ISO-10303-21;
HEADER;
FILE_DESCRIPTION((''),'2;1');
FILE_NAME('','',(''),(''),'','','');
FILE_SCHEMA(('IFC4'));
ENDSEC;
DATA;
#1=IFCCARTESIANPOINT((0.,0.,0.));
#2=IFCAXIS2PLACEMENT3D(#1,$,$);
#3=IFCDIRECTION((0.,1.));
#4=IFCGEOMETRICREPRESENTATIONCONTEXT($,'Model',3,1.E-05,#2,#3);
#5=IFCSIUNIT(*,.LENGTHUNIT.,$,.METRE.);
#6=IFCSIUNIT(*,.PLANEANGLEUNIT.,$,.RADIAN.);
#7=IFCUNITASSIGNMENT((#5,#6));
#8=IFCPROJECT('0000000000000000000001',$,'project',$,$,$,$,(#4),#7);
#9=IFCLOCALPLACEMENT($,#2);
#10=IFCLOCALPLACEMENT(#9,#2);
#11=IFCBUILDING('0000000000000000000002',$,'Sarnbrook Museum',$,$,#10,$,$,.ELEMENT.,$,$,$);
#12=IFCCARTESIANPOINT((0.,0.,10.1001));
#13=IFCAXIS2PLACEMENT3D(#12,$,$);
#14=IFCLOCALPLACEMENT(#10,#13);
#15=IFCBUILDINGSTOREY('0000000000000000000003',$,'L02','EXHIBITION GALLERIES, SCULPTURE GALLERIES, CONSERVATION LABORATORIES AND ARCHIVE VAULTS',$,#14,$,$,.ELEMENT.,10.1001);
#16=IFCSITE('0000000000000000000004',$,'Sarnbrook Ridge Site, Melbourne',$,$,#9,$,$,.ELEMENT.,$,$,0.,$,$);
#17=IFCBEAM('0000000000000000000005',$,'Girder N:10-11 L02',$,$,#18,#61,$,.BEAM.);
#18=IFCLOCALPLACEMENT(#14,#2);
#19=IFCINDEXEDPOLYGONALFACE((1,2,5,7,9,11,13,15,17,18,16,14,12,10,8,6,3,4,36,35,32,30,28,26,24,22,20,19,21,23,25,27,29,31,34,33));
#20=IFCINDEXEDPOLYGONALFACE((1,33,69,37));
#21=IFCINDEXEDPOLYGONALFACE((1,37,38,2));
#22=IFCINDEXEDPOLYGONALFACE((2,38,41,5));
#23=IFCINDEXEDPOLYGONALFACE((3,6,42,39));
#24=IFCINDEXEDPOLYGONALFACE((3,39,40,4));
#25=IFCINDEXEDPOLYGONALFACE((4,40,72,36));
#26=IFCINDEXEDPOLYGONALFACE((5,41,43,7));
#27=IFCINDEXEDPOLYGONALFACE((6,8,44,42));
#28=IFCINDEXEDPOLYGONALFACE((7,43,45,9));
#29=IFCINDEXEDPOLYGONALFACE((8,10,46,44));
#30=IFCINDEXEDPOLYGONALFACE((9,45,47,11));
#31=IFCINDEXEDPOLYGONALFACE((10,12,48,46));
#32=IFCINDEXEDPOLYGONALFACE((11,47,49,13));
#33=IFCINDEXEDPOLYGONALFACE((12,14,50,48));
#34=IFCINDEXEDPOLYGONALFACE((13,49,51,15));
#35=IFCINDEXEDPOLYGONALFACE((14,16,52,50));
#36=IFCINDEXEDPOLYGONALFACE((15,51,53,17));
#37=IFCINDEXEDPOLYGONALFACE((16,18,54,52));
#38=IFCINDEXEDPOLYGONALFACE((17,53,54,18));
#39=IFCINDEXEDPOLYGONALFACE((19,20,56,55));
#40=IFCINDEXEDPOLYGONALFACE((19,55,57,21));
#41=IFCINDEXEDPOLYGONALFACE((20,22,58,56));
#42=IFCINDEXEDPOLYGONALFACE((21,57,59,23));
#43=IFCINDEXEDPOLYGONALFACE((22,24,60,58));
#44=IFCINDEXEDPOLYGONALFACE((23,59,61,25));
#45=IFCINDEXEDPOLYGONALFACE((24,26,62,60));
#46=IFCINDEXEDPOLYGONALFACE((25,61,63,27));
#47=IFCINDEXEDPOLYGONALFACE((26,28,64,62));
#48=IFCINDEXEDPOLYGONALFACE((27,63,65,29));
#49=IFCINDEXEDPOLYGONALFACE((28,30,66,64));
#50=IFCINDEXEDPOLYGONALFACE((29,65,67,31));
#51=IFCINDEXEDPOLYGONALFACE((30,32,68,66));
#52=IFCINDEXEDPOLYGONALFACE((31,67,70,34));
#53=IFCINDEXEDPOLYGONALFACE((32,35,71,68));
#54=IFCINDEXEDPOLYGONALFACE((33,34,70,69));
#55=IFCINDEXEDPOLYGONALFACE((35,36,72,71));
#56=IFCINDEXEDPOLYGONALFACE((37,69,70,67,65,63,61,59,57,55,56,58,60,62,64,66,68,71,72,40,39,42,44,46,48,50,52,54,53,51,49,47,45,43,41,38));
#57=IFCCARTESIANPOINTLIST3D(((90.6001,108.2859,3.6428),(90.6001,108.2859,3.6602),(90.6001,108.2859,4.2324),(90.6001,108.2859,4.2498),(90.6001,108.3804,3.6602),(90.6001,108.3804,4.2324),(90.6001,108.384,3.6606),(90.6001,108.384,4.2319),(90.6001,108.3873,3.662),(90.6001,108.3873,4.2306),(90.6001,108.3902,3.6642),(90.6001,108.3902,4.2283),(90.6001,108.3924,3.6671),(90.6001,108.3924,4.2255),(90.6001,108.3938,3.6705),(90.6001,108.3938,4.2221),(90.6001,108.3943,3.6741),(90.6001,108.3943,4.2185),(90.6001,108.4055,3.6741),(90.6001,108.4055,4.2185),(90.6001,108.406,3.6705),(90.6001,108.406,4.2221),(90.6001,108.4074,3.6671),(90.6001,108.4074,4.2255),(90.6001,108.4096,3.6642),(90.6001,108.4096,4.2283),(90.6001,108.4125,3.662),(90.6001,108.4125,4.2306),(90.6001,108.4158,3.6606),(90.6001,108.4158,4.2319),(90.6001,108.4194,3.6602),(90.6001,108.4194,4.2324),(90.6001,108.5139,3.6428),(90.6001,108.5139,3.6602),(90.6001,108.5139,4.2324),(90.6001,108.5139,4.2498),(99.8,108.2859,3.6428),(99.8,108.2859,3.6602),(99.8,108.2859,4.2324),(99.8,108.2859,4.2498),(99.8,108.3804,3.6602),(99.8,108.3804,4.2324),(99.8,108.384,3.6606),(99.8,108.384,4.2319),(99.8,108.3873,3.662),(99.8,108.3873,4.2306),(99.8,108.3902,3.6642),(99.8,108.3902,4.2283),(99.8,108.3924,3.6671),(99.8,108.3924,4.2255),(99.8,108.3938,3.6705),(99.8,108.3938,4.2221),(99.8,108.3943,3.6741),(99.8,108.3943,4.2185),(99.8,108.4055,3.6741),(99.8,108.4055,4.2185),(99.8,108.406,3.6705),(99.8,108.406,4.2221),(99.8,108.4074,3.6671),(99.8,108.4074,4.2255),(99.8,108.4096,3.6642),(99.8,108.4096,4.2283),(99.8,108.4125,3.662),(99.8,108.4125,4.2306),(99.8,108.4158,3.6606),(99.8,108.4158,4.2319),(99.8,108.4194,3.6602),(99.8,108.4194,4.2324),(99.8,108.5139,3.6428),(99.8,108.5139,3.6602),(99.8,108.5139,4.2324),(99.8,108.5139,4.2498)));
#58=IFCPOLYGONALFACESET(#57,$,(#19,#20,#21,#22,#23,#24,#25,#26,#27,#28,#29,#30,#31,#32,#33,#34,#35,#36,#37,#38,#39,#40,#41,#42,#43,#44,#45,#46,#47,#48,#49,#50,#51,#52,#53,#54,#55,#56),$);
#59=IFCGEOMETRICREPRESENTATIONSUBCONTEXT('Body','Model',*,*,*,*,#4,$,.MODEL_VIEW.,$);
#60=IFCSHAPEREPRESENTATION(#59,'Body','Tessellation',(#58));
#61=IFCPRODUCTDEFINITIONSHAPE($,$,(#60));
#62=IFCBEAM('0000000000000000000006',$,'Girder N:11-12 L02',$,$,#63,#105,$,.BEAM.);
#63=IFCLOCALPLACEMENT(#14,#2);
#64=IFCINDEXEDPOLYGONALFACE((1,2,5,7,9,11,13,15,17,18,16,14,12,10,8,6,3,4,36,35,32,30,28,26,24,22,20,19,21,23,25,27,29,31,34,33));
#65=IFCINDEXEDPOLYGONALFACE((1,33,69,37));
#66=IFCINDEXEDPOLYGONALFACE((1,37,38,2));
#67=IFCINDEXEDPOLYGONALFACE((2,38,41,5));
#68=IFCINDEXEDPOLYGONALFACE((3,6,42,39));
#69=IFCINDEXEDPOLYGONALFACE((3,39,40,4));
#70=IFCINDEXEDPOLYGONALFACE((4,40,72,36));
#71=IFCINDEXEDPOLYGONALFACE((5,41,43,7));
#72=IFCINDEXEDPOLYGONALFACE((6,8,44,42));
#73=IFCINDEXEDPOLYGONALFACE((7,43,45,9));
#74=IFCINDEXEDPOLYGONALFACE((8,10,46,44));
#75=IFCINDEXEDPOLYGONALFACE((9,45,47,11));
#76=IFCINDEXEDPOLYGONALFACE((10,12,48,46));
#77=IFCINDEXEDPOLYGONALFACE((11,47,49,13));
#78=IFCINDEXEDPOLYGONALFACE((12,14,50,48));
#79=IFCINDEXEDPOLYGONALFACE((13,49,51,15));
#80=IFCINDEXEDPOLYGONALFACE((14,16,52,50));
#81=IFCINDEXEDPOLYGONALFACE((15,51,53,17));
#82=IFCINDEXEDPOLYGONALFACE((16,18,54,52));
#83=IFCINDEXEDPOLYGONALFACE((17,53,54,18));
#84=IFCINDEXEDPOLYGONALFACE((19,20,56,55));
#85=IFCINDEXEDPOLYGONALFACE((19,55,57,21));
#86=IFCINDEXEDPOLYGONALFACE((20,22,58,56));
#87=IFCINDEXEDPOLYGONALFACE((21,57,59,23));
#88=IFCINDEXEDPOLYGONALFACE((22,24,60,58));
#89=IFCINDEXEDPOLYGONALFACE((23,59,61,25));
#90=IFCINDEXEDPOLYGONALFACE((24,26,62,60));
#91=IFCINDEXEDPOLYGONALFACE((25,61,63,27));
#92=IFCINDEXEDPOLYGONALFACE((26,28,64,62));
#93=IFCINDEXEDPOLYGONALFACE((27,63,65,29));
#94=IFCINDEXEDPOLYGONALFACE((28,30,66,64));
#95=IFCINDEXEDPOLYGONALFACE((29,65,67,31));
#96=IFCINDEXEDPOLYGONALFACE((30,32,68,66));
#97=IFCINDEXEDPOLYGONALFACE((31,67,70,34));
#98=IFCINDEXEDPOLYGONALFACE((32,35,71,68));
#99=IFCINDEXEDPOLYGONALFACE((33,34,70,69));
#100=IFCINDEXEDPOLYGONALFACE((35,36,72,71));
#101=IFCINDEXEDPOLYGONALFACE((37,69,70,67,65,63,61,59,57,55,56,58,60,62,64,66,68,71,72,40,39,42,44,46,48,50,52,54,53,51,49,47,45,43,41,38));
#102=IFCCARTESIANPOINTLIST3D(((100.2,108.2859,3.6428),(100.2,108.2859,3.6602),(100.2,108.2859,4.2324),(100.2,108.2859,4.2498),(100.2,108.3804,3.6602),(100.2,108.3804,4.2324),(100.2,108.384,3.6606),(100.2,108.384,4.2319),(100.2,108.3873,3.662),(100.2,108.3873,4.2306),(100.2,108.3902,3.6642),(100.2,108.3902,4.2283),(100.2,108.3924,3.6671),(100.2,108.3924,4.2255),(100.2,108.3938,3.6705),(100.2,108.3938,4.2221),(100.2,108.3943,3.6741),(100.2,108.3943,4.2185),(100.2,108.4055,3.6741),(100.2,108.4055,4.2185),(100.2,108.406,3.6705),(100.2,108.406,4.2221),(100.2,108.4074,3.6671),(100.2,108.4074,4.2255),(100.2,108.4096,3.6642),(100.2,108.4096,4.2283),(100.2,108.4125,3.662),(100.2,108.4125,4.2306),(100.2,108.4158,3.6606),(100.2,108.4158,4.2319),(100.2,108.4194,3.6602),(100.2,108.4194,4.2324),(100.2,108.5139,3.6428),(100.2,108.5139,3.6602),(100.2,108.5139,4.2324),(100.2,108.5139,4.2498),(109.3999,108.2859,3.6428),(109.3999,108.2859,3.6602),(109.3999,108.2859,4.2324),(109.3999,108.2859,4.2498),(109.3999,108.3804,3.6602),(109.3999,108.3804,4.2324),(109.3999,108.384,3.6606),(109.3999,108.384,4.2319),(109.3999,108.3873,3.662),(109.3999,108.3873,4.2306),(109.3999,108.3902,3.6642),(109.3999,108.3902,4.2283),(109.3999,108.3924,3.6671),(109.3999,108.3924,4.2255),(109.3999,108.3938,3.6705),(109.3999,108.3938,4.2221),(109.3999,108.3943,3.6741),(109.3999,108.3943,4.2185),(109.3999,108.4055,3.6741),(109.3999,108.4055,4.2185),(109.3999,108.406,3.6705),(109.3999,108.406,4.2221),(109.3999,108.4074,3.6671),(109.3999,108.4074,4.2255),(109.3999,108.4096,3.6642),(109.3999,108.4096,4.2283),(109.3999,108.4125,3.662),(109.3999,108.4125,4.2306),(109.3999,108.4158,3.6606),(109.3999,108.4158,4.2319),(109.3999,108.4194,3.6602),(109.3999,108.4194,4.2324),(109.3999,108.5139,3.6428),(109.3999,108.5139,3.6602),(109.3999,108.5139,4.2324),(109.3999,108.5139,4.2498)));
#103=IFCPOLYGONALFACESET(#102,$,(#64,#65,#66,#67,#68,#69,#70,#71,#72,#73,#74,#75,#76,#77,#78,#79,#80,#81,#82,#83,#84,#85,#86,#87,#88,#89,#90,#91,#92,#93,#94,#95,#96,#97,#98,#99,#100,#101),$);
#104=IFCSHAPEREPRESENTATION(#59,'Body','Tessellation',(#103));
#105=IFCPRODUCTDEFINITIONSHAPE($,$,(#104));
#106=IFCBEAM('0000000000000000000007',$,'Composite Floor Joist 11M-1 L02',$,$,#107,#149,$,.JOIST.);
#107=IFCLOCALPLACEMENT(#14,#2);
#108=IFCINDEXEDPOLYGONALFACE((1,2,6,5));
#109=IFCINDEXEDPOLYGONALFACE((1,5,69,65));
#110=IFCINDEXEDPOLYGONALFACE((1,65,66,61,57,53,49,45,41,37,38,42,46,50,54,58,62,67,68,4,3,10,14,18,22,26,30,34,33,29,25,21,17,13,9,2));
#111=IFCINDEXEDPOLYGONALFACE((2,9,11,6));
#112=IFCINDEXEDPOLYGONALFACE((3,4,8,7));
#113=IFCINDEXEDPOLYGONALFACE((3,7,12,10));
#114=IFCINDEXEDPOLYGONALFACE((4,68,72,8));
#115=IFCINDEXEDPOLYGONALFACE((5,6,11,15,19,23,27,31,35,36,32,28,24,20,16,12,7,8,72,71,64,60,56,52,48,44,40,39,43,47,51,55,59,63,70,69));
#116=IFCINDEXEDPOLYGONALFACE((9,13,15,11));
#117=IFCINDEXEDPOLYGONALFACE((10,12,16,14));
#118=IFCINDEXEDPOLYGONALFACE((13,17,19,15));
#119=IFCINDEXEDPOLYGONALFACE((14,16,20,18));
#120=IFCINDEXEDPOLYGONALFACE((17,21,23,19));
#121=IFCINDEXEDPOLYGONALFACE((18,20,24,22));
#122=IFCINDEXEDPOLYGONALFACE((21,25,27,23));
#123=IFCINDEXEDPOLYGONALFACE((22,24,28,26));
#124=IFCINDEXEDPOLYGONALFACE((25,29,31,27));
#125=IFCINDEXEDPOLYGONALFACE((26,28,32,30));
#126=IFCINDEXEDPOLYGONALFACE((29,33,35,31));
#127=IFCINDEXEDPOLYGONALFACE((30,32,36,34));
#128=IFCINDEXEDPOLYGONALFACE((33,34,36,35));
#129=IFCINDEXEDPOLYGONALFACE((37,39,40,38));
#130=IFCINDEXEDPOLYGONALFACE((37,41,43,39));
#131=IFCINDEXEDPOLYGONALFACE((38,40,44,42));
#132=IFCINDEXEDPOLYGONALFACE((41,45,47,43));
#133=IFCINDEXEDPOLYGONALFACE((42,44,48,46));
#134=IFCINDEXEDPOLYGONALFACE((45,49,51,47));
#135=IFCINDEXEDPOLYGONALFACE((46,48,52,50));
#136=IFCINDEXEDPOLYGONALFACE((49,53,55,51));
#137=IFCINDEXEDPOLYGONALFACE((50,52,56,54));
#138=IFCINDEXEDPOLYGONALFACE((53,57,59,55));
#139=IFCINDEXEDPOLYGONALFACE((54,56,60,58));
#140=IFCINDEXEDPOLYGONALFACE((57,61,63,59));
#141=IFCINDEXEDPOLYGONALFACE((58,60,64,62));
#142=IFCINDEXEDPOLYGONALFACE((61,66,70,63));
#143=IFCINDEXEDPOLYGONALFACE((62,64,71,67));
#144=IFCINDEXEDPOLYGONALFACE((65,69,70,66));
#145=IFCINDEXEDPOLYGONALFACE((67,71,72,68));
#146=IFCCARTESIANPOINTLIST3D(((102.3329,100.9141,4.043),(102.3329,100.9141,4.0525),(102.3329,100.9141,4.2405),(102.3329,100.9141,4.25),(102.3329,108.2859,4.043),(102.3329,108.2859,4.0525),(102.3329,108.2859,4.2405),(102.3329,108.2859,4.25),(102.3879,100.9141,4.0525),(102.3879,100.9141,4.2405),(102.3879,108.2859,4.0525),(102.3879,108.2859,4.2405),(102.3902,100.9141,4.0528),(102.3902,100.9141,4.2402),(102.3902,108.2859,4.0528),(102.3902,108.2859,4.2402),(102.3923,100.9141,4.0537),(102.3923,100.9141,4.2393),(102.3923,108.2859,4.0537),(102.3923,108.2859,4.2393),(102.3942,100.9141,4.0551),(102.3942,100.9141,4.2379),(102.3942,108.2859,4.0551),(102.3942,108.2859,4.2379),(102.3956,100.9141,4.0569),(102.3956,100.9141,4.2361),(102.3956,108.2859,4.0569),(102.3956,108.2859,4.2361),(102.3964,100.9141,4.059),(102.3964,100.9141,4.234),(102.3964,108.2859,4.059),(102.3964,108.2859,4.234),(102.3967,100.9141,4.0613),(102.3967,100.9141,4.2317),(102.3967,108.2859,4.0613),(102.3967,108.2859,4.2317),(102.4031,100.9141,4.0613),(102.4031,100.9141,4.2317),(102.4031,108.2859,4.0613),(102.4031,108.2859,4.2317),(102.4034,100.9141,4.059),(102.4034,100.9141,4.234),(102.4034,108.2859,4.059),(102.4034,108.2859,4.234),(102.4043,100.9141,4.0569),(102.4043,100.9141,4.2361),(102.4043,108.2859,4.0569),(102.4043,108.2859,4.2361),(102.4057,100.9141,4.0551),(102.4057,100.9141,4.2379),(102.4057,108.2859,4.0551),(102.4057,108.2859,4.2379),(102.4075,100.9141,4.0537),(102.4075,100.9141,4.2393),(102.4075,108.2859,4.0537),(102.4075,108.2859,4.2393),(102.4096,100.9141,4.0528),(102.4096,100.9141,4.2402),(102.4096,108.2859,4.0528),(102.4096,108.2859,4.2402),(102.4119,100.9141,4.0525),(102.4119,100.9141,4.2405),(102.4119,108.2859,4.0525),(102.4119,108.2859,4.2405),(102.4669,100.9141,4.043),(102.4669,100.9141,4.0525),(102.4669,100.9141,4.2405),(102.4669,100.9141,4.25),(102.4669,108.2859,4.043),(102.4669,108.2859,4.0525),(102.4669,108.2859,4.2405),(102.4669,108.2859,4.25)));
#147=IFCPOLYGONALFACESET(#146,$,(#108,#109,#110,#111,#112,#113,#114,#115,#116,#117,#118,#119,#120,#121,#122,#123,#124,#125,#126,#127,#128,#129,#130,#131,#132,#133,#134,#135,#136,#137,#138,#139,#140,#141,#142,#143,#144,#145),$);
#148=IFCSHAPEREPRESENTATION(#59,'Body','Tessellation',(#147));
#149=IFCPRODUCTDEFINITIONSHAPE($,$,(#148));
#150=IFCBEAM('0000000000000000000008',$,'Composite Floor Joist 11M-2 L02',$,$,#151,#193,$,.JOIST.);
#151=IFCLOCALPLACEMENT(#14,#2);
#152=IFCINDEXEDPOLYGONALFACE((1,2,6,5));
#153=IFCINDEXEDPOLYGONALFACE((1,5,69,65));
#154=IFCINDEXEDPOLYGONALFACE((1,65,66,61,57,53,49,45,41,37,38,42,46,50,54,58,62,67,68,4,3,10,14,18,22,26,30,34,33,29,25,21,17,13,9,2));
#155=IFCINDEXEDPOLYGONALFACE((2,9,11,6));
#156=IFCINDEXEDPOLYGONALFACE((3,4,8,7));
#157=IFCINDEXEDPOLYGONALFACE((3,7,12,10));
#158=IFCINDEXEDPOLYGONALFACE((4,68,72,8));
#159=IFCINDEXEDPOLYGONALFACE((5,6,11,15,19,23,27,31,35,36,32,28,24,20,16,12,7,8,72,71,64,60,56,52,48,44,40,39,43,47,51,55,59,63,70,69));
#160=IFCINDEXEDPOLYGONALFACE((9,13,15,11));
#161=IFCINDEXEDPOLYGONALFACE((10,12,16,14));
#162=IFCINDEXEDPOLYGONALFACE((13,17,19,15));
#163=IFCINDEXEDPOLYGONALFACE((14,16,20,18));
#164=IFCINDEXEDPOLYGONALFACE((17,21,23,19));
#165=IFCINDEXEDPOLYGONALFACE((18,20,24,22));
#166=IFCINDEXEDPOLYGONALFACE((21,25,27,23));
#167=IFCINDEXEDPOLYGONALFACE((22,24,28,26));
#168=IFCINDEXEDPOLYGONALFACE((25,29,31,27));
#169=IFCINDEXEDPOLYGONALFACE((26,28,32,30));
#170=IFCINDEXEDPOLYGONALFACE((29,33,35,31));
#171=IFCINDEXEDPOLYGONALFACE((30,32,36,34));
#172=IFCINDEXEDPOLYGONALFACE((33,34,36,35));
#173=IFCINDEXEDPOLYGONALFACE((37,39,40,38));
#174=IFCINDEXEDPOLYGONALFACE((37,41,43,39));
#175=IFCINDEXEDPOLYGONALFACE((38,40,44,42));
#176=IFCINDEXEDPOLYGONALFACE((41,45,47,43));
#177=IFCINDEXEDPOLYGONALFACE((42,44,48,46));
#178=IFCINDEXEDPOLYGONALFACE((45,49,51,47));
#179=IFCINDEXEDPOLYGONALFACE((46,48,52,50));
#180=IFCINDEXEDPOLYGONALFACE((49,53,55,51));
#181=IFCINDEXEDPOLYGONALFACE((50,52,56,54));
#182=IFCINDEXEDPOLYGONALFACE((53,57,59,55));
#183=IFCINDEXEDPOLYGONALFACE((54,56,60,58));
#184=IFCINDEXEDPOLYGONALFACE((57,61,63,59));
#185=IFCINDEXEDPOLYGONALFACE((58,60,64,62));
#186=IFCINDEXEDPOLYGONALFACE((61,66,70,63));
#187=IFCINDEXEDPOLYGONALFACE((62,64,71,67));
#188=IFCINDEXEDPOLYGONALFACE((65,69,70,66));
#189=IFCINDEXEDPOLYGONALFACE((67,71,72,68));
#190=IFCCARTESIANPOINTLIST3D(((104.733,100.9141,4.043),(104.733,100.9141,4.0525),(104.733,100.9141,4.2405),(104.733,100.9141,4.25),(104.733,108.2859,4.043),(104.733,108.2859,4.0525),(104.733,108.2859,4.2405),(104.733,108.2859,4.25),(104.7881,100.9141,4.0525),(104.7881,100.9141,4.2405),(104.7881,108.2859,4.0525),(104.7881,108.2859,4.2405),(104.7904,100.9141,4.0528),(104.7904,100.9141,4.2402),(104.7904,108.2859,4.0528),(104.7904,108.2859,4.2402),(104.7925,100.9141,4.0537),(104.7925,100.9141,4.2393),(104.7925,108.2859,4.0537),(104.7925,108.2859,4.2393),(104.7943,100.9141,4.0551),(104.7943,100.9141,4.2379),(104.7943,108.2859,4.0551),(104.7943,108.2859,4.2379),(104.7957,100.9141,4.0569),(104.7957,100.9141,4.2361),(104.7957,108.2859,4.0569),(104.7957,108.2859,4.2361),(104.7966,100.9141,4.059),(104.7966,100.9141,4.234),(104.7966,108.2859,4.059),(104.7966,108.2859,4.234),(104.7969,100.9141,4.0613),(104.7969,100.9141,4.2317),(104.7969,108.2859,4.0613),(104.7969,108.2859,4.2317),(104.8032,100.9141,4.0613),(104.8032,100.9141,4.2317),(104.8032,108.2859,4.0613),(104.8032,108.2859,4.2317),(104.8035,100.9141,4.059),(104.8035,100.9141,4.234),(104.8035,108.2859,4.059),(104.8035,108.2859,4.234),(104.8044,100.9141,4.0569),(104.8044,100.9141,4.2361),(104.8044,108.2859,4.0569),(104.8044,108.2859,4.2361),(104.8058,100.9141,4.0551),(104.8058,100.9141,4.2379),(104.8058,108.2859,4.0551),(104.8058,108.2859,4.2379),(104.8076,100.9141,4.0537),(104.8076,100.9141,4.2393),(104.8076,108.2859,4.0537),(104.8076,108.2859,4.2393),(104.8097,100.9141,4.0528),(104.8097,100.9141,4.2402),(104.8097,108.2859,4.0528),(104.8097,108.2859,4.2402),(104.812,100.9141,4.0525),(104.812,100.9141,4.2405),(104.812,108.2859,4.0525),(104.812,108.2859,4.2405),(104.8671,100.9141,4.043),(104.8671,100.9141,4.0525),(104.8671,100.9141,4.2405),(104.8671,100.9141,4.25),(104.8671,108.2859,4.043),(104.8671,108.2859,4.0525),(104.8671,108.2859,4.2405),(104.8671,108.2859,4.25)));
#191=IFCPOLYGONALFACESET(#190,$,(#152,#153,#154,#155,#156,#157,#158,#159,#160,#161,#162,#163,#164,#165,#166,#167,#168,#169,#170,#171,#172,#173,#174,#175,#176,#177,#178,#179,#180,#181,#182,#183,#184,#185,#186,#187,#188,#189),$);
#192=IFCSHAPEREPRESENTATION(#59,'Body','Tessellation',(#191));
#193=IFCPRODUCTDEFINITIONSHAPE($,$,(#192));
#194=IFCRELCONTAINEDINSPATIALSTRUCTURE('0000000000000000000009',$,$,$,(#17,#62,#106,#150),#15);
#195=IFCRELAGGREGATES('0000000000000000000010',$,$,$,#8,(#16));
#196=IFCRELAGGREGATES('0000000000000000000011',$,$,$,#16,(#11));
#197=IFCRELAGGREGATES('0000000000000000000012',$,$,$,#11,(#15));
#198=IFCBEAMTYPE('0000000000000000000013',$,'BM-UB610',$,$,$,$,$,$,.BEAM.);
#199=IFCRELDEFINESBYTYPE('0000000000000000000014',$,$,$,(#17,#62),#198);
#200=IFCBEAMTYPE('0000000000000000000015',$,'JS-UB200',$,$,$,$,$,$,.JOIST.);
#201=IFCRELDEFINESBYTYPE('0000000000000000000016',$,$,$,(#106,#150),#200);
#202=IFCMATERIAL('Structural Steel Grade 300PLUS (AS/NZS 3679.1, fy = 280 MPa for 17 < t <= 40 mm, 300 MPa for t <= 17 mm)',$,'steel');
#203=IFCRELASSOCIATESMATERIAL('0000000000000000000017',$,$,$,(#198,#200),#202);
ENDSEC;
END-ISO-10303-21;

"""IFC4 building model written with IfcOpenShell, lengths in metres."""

from ifc_helpers import new_model, si_unit, direction, frame, origin, origin_2d, place, context, subcontext, project, spatial, i_section, extrude, material, material_profile, profile_set, type_object, element, save


model = new_model("IFC4")

# Units and contexts
model_context = context("Model", 3, precision=1e-05, world=origin(), true_north=direction((0.0, 1.0)))
body_context = subcontext(model_context, "Body", "Model", "MODEL_VIEW")
ifc_project = project(units=[si_unit("LENGTHUNIT", "METRE"), si_unit("PLANEANGLEUNIT", "RADIAN")], contexts=[model_context])

# Site, building, storey
site_placement = place(None, origin())
site = spatial("IfcSite", under=ifc_project, at=site_placement, Name="Sarnbrook Ridge Site, Melbourne", CompositionType="ELEMENT", RefElevation=0.0)
building_placement = place(site_placement, origin())
building = spatial("IfcBuilding", under=site, at=building_placement, Name="Sarnbrook Museum", CompositionType="ELEMENT")
storey_placement = place(building_placement, frame((0.0, 0.0, 10.1001)))
storey = spatial("IfcBuildingStorey", under=building, at=storey_placement, Name="L02", Description="EXHIBITION GALLERIES, SCULPTURE GALLERIES, CONSERVATION LABORATORIES AND ARCHIVE VAULTS", CompositionType="ELEMENT", Elevation=10.1001)

# Beams
ifc_material_1 = material(Name="Structural Steel Grade 300PLUS (AS/NZS 3679.1, fy = 280 MPa for 17 < t <= 40 mm, 300 MPa for t <= 17 mm)", Category="steel")
ifc_material_profile_1 = material_profile(ifc_material_1, i_section(OverallWidth=0.228, OverallDepth=0.6069, WebThickness=0.0112, FlangeThickness=0.0173, FilletRadius=0.0139, at=origin_2d()), Name="610UB113")
ifc_profile_set_1 = profile_set([ifc_material_profile_1], Name="Structural Steel Grade 300PLUS (AS/NZS 3679.1, fy = 280 MPa for 17 < t <= 40 mm, 300 MPa for t <= 17 mm)")
beam_type_1 = type_object("IfcBeamType", Name="BM-UB610", PredefinedType="BEAM", material=ifc_profile_set_1)
for number, where, z_axis, x_axis, name in (
    (1, (90.6001, 108.3999, 3.9463), (1.0, 0.0, 0.0), (0.0, 1.0, 0.0), "Girder N:10-11 L02"),
    (2, (100.2, 108.3999, 3.9463), (1.0, 0.0, 0.0), (0.0, 1.0, 0.0), "Girder N:11-12 L02"),
):
    element("IfcBeam", number, at=place(storey_placement, frame(where, z_axis=z_axis, x_axis=x_axis)), inside=storey, type_object=beam_type_1, Name=name, PredefinedType="BEAM", context=body_context, shape_type="SweptSolid", body=[
        extrude(i_section(OverallWidth=0.228, OverallDepth=0.6069, WebThickness=0.0112, FlangeThickness=0.0173, FilletRadius=0.0139, at=origin_2d()), origin(), (0.0, 0.0, 1.0), 9.2),
    ])
ifc_material_profile_2 = material_profile(ifc_material_1, i_section(OverallWidth=0.134, OverallDepth=0.207, WebThickness=0.0063, FlangeThickness=0.0095, FilletRadius=0.0088, at=origin_2d()), Name="200UB29.8")
ifc_profile_set_2 = profile_set([ifc_material_profile_2], Name="Structural Steel Grade 300PLUS (AS/NZS 3679.1, fy = 280 MPa for 17 < t <= 40 mm, 300 MPa for t <= 17 mm)")
beam_type_2 = type_object("IfcBeamType", Name="JS-UB200", PredefinedType="JOIST", material=ifc_profile_set_2)
for number, where, z_axis, x_axis, name in (
    (3, (102.3999, 100.9141, 4.1465), (0.0, 1.0, 0.0), (-1.0, 0.0, 0.0), "Composite Floor Joist 11M-1 L02"),
    (4, (104.8, 100.9141, 4.1465), (0.0, 1.0, 0.0), (-1.0, 0.0, 0.0), "Composite Floor Joist 11M-2 L02"),
):
    element("IfcBeam", number, at=place(storey_placement, frame(where, z_axis=z_axis, x_axis=x_axis)), inside=storey, type_object=beam_type_2, Name=name, PredefinedType="JOIST", context=body_context, shape_type="SweptSolid", body=[
        extrude(i_section(OverallWidth=0.134, OverallDepth=0.207, WebThickness=0.0063, FlangeThickness=0.0095, FilletRadius=0.0088, at=origin_2d()), origin(), (0.0, 0.0, 1.0), 7.3718),
    ])

save(model, "model.ifc")
